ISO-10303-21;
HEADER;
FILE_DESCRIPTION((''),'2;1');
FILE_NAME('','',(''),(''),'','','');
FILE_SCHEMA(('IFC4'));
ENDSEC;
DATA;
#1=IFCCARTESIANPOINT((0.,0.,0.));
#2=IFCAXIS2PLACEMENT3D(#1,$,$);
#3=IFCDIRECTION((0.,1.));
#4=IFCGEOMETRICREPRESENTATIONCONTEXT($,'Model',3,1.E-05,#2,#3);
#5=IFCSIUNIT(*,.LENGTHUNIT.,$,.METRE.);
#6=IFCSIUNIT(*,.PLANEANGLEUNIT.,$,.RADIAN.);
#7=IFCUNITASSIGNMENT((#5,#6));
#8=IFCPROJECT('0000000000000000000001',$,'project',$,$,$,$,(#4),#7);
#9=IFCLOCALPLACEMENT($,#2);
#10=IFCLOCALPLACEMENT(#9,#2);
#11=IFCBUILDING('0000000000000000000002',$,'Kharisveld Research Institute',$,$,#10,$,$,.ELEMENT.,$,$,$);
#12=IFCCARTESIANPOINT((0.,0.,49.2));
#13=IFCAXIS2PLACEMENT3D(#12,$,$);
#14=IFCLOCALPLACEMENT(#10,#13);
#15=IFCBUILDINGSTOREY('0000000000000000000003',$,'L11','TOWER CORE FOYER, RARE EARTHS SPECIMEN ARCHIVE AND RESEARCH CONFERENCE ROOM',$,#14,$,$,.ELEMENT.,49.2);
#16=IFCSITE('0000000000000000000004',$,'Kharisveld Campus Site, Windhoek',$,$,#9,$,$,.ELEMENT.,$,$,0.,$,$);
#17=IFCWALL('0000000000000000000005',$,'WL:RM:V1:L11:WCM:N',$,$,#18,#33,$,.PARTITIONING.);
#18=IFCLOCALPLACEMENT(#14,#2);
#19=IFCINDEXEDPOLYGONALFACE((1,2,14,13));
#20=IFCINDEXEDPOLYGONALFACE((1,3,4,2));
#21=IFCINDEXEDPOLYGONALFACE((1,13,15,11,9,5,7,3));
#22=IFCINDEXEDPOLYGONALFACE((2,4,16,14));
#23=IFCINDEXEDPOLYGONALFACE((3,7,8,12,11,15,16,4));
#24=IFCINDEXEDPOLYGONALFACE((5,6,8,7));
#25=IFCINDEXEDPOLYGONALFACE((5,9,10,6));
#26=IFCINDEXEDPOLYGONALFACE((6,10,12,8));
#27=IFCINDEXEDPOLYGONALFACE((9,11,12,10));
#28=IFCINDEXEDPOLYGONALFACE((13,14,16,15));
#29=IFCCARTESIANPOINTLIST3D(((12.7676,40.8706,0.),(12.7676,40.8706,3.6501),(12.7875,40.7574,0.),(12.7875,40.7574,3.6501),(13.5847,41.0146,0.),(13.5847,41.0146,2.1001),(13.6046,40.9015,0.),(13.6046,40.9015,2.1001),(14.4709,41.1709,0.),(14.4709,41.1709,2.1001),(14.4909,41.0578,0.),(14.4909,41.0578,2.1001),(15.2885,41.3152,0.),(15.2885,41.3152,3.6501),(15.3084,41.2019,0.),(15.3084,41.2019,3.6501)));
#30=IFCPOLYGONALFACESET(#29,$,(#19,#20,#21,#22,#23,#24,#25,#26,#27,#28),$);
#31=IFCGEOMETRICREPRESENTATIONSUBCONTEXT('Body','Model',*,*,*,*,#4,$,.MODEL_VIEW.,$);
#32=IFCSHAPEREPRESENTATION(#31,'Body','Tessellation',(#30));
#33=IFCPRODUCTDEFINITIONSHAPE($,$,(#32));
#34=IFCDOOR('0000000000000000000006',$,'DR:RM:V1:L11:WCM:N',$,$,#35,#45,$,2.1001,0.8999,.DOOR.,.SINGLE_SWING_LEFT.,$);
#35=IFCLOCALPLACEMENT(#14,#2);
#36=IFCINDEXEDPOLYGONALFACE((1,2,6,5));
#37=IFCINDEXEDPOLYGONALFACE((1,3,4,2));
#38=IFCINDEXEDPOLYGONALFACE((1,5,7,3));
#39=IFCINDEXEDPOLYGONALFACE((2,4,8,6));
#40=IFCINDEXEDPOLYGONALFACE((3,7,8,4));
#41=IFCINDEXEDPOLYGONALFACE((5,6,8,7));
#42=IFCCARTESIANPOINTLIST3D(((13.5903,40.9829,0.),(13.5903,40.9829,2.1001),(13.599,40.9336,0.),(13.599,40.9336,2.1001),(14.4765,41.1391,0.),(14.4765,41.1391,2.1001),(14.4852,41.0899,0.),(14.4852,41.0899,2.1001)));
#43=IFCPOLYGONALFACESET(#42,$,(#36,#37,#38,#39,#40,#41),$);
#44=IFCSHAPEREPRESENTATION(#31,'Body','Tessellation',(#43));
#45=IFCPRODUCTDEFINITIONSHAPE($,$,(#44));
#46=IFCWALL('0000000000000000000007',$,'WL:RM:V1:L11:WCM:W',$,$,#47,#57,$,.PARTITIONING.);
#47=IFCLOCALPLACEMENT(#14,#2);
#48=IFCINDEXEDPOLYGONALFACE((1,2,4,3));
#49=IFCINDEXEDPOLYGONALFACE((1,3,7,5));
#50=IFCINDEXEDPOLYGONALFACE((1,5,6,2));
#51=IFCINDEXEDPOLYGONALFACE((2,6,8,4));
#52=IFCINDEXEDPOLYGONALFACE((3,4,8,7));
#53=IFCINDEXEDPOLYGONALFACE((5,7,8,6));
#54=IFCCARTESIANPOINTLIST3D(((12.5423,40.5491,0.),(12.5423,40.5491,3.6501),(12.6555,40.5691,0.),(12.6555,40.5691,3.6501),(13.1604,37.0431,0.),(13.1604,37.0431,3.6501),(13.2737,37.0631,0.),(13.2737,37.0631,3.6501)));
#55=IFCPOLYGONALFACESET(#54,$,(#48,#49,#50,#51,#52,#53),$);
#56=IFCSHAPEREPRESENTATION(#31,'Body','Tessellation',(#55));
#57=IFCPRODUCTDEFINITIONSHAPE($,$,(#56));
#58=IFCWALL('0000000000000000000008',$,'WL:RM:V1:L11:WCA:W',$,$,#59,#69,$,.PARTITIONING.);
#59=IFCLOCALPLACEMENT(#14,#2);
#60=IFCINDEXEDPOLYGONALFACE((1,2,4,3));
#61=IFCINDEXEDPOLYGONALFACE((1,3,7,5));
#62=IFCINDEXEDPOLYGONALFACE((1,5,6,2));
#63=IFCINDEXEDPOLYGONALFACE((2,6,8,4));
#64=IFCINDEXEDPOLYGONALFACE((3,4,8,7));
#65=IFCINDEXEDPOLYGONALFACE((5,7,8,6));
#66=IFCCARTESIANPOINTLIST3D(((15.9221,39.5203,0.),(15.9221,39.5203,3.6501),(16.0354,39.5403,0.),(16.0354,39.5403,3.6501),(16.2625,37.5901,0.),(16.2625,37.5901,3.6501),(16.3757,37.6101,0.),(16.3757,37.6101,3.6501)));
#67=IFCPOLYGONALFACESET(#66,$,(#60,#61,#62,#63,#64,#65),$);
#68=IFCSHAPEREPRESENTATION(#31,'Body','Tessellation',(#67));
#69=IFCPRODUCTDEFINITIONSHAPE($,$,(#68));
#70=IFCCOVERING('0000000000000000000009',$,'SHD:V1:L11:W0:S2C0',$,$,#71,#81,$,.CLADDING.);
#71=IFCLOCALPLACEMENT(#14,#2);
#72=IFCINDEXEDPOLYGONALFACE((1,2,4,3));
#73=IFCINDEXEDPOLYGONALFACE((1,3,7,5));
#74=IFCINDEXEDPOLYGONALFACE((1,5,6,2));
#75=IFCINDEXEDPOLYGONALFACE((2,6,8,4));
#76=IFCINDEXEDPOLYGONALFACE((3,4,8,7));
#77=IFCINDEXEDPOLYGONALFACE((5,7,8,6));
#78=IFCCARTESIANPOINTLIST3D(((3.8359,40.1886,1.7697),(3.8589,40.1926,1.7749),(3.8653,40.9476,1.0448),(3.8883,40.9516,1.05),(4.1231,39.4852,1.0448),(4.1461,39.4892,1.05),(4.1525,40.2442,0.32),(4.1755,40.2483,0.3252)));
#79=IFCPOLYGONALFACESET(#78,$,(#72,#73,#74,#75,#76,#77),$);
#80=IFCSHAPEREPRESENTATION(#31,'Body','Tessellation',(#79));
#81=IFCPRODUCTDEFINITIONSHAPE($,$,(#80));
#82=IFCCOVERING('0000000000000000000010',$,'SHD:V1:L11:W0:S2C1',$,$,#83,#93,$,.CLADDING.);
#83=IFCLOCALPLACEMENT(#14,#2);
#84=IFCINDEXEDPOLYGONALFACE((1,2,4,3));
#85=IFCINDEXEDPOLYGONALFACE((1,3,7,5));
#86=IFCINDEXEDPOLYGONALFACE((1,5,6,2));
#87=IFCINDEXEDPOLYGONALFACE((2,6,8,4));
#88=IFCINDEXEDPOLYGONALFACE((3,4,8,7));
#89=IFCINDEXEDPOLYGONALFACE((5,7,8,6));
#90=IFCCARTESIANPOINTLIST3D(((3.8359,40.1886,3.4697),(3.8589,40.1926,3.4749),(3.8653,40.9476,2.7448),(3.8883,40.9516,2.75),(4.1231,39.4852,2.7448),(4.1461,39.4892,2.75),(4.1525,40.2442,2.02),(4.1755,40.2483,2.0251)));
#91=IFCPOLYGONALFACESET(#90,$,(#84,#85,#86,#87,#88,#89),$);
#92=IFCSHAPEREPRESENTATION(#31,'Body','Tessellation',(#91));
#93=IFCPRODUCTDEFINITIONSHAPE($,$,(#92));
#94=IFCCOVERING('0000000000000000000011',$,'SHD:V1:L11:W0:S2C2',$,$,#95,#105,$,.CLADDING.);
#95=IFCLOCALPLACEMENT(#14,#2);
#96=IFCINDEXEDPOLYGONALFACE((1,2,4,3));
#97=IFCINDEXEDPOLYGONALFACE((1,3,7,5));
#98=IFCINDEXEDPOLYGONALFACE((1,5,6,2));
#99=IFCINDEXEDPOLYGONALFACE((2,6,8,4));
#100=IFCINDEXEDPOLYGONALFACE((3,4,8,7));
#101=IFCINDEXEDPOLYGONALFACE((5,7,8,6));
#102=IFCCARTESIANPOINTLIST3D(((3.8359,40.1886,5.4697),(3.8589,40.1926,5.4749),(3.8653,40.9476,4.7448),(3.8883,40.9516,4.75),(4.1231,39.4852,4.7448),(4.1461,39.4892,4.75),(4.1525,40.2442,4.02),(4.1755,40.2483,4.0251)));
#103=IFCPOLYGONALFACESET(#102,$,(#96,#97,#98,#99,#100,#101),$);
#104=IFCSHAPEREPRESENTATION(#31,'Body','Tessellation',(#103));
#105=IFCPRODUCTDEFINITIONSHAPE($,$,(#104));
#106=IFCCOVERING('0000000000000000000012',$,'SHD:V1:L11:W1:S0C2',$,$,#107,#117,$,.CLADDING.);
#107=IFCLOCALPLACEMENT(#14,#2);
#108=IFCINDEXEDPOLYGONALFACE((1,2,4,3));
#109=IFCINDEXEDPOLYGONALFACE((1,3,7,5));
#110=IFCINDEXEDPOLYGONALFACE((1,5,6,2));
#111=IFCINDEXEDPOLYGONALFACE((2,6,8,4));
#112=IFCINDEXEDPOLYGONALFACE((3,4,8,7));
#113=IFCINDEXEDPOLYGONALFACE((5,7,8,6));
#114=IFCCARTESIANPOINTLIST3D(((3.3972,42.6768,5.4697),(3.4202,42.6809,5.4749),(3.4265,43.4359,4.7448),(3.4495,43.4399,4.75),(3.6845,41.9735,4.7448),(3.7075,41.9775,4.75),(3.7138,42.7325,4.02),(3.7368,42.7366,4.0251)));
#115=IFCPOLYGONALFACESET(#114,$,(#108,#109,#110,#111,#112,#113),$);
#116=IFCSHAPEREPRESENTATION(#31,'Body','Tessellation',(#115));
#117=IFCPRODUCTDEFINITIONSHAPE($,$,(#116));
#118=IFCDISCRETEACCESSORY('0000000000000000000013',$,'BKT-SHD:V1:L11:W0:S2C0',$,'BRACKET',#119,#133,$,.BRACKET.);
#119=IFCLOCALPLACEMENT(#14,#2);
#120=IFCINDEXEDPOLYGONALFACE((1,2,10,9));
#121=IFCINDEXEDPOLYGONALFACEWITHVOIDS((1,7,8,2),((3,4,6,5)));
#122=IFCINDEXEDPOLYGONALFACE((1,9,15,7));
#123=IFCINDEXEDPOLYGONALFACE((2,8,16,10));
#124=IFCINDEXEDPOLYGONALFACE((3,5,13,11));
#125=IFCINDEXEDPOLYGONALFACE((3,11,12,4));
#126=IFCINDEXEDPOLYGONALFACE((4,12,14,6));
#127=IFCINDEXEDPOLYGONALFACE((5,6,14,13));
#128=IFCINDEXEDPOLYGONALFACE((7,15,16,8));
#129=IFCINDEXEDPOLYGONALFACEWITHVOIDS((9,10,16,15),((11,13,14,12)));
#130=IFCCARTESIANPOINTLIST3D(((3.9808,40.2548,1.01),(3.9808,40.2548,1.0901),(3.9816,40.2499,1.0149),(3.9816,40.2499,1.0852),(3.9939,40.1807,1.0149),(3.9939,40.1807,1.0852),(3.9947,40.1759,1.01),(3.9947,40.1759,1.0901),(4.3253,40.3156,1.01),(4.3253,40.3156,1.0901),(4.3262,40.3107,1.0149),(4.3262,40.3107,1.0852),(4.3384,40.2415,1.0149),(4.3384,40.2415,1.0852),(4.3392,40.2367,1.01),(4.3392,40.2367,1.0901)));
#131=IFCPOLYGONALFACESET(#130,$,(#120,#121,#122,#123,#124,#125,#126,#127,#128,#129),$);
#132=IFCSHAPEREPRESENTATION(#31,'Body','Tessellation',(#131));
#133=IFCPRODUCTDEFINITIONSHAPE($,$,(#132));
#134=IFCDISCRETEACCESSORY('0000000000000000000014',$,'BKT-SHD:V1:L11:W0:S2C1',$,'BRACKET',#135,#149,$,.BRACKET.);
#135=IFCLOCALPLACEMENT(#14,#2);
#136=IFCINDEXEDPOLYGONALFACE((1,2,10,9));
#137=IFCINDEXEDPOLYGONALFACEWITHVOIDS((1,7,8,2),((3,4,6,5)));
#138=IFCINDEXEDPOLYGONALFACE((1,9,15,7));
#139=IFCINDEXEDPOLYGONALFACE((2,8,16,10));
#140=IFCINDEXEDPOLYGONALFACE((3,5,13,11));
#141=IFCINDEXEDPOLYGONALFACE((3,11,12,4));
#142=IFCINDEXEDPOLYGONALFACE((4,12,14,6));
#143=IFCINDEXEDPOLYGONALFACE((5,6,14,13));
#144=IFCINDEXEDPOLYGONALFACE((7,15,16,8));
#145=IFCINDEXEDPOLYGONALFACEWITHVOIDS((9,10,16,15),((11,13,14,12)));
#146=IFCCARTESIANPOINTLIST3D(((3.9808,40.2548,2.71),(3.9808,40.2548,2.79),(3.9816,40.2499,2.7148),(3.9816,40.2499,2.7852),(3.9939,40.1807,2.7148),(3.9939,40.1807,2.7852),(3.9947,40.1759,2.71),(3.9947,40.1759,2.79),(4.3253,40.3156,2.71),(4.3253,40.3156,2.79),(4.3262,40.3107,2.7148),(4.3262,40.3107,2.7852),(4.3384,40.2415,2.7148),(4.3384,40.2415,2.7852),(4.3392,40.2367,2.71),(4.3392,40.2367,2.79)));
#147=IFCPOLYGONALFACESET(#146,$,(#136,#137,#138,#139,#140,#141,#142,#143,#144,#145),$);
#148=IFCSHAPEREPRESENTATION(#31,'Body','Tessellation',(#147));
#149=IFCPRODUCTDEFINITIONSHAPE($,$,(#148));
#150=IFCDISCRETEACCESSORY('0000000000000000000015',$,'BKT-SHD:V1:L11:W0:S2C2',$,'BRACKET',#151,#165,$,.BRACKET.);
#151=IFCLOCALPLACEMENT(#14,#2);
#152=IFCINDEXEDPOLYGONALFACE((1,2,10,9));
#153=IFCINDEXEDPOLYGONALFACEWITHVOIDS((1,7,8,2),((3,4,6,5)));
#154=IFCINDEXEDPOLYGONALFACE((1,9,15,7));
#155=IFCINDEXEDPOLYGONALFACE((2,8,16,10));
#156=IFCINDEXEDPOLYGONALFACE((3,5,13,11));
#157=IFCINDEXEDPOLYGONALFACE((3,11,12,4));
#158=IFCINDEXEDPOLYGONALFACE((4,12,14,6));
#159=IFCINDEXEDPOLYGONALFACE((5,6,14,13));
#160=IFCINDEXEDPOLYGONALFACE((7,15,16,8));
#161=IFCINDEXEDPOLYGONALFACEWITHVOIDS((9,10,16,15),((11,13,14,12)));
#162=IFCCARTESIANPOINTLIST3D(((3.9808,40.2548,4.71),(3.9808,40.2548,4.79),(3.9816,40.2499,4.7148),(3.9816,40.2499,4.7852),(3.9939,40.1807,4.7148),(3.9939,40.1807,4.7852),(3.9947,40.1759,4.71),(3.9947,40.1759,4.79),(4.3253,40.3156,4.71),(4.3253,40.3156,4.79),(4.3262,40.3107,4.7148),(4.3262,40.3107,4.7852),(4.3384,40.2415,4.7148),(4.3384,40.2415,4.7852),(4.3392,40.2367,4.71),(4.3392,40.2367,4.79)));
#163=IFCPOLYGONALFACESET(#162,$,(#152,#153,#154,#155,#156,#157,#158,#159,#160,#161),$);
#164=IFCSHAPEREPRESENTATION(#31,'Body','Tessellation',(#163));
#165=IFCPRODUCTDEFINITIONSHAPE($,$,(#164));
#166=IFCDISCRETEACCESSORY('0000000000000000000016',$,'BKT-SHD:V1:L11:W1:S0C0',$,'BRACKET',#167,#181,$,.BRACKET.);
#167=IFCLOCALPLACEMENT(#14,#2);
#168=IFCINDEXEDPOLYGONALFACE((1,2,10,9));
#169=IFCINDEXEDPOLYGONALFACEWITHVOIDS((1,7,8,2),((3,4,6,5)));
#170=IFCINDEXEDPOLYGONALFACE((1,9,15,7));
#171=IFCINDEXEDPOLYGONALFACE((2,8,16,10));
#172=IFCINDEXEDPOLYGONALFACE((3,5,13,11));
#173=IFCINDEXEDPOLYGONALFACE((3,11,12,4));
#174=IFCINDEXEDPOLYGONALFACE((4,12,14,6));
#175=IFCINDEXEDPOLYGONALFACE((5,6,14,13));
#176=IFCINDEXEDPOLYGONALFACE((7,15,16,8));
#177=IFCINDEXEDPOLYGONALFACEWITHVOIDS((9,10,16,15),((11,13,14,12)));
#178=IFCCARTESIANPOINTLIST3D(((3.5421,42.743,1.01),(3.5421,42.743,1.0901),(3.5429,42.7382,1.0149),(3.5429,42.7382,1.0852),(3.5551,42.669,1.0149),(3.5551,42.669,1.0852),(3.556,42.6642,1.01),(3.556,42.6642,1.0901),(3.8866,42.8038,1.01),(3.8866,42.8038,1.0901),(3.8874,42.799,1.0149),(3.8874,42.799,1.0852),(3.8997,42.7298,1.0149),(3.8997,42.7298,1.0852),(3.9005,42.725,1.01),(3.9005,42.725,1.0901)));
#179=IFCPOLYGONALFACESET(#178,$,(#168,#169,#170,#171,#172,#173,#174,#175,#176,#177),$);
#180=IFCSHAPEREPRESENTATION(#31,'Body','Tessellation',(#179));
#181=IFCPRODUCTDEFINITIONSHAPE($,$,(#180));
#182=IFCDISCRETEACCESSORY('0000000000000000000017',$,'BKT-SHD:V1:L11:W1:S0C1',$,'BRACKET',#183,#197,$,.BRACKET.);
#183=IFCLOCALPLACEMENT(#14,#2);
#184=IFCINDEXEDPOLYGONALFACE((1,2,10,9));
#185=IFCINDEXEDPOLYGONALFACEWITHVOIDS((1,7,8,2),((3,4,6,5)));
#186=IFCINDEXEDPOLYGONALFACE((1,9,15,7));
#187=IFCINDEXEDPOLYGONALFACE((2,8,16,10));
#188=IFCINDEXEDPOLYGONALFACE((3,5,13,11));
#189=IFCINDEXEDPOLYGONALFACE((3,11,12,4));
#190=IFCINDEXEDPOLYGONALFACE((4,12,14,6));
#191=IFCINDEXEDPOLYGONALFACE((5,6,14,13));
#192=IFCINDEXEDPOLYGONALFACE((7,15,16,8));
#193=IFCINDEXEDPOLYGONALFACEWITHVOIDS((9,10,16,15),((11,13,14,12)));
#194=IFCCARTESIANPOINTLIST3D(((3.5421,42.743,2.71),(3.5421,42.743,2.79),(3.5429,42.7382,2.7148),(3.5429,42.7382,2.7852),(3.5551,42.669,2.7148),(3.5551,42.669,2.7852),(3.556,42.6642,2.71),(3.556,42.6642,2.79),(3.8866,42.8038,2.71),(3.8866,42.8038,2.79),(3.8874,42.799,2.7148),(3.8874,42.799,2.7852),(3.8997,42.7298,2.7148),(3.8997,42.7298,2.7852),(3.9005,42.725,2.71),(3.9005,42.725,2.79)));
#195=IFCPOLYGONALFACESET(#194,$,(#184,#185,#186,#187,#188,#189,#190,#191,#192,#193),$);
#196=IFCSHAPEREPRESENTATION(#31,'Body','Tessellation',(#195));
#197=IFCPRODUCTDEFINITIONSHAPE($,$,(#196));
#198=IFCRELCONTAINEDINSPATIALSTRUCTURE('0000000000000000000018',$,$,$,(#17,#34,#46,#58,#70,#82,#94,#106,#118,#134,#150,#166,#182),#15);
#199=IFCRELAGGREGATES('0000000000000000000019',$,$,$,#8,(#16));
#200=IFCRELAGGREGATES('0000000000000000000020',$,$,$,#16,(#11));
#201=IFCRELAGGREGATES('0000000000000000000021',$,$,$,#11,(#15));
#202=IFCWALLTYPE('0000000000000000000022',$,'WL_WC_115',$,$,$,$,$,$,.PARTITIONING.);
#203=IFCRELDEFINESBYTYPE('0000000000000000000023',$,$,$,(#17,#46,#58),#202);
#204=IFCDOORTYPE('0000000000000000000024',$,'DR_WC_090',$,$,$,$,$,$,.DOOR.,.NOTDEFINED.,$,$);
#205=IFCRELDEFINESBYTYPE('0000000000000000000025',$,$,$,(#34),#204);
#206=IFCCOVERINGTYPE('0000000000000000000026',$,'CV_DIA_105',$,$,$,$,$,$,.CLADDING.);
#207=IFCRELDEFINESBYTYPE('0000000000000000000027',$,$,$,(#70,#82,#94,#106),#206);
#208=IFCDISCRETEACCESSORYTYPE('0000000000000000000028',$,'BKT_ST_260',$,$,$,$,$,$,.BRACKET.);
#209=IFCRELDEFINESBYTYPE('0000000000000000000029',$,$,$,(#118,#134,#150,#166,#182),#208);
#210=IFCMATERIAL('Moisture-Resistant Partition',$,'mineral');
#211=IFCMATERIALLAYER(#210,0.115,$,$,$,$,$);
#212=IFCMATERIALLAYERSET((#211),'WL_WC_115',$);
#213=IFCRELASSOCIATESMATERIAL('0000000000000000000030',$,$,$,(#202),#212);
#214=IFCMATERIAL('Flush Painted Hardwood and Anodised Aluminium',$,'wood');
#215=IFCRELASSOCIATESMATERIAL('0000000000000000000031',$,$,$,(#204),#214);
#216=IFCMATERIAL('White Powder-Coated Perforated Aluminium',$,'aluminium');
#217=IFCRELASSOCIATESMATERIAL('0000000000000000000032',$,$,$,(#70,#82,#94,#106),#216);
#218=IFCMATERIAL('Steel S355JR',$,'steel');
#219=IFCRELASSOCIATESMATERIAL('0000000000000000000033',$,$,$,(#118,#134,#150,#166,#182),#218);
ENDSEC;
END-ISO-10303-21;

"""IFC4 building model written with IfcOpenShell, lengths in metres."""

from ifc_helpers import new_model, si_unit, direction, frame, frame_2d, origin, origin_2d, place, context, subcontext, project, spatial, polyline, rectangle, hollow_rectangle, outline, extrude, material, layer, layer_set, type_object, element, fill, save


model = new_model("IFC4")

# Units and contexts
model_context = context("Model", 3, precision=1e-05, world=origin(), true_north=direction((0.0, 1.0)))
body_context = subcontext(model_context, "Body", "Model", "MODEL_VIEW")
ifc_project = project(units=[si_unit("LENGTHUNIT", "METRE"), si_unit("PLANEANGLEUNIT", "RADIAN")], contexts=[model_context])

# Site, building, storey
site_placement = place(None, origin())
site = spatial("IfcSite", under=ifc_project, at=site_placement, Name="Kharisveld Campus Site, Windhoek", CompositionType="ELEMENT", RefElevation=0.0)
building_placement = place(site_placement, origin())
building = spatial("IfcBuilding", under=site, at=building_placement, Name="Kharisveld Research Institute", CompositionType="ELEMENT")
storey_placement = place(building_placement, frame((0.0, 0.0, 49.2)))
storey = spatial("IfcBuildingStorey", under=building, at=storey_placement, Name="L11", Description="TOWER CORE FOYER, RARE EARTHS SPECIMEN ARCHIVE AND RESEARCH CONFERENCE ROOM", CompositionType="ELEMENT", Elevation=49.2)

# Wall, opening, door
ifc_material_1 = material(Name="Moisture-Resistant Partition", Category="mineral")
ifc_layer_1 = layer(ifc_material_1, 0.115)
ifc_layer_set_1 = layer_set([ifc_layer_1], Name="WL_WC_115")
wall_type_1 = type_object("IfcWallType", Name="WL_WC_115", PredefinedType="PARTITIONING", material=ifc_layer_set_1)
wall_1_placement = place(storey_placement, frame((15.2983, 41.2585, 0.0), z_axis=(0.0, 0.0, 1.0), x_axis=(-0.984804, -0.173671, 0.0)))
wall_1 = element("IfcWall", 1, at=wall_1_placement, inside=storey, type_object=wall_type_1, Name="WL:RM:V1:L11:WCM:N", PredefinedType="PARTITIONING", context=body_context, shape_type="SweptSolid", body=[
    extrude(rectangle(XDim=2.5598, YDim=0.115, at=frame_2d((1.2798, 0.0))), origin(), (0.0, 0.0, 1.0), 3.6501),
])
opening_1_placement = place(wall_1_placement, frame((0.8301, 0.0, 0.0)))
opening_1 = element("IfcOpeningElement", 2, at=opening_1_placement, cuts=wall_1, PredefinedType="OPENING", context=body_context, shape_type="SweptSolid", body=[
    extrude(rectangle(XDim=0.8999, YDim=2.1001, at=frame_2d((0.45, 1.05))), frame((0.0, 0.0576, 0.0), z_axis=(0.0, -1.0, 0.0), x_axis=(1.0, 0.0, 0.0)), (0.0, 0.0, 1.0), 0.115),
])
ifc_material_2 = material(Name="Flush Painted Hardwood and Anodised Aluminium", Category="wood")
door_type_1 = type_object("IfcDoorType", Name="DR_WC_090", OperationType="NOTDEFINED", PredefinedType="DOOR", material=ifc_material_2)
door_1_placement = place(opening_1_placement, origin())
door_1 = element("IfcDoor", 3, at=door_1_placement, inside=storey, type_object=door_type_1, Name="DR:RM:V1:L11:WCM:N", OperationType="SINGLE_SWING_LEFT", OverallHeight=2.1001, OverallWidth=0.8999, PredefinedType="DOOR", context=body_context, shape_type="SweptSolid", body=[
    extrude(rectangle(XDim=0.8999, YDim=2.1001, at=frame_2d((0.45, 1.05))), frame((0.0, 0.0249, 0.0), z_axis=(0.0, -1.0, 0.0), x_axis=(1.0, 0.0, 0.0)), (0.0, 0.0, 1.0), 0.05),
])
fill(opening_1, door_1)

# Walls
wall_2_placement = place(storey_placement, frame((12.5989, 40.5591, 0.0), z_axis=(0.0, 0.0, 1.0), x_axis=(0.173644, -0.984808, 0.0)))
element("IfcWall", 4, at=wall_2_placement, inside=storey, type_object=wall_type_1, Name="WL:RM:V1:L11:WCM:W", PredefinedType="PARTITIONING", context=body_context, shape_type="SweptSolid", body=[
    extrude(rectangle(XDim=3.5601, YDim=0.115, at=frame_2d((1.78, 0.0))), origin(), (0.0, 0.0, 1.0), 3.6501),
])
wall_3_placement = place(storey_placement, frame((15.9788, 39.5303, 0.0), z_axis=(0.0, 0.0, 1.0), x_axis=(0.173643, -0.984809, 0.0)))
element("IfcWall", 5, at=wall_3_placement, inside=storey, type_object=wall_type_1, Name="WL:RM:V1:L11:WCA:W", PredefinedType="PARTITIONING", context=body_context, shape_type="SweptSolid", body=[
    extrude(rectangle(XDim=1.96, YDim=0.115, at=frame_2d((0.98, 0.0))), origin(), (0.0, 0.0, 1.0), 3.6501),
])

# Coverings
ifc_material_3 = material(Name="White Powder-Coated Perforated Aluminium", Category="aluminium")
covering_type = type_object("IfcCoveringType", Name="CV_DIA_105", PredefinedType="CLADDING")
for number, where, z_axis, x_axis, name in (
    (6, (4.1755, 40.2483, 0.3252), (0.961453, 0.169498, 0.216512), (-0.273536, 0.669834, 0.69029), "SHD:V1:L11:W0:S2C0"),
    (7, (4.1755, 40.2483, 2.0251), (0.961453, 0.169498, 0.216512), (-0.273536, 0.669834, 0.69029), "SHD:V1:L11:W0:S2C1"),
    (8, (4.1755, 40.2483, 4.0251), (0.961453, 0.169498, 0.216512), (-0.273536, 0.669834, 0.69029), "SHD:V1:L11:W0:S2C2"),
):
    element("IfcCovering", number, at=place(storey_placement, frame(where, z_axis=z_axis, x_axis=x_axis)), inside=storey, type_object=covering_type, material=ifc_material_3, Name=name, PredefinedType="CLADDING", context=body_context, shape_type="SweptSolid", body=[
        extrude(outline(polyline([(0.0, 0.0), (1.05, 0.0), (1.05, 1.05), (-0.0001, 1.05), (0.0, 0.0)])), origin(), (0.0, 0.0, -1.0), 0.0239),
    ])
covering_placement = place(storey_placement, frame((3.7368, 42.7366, 4.0251), z_axis=(0.961426, 0.169654, 0.216512), x_axis=(-0.273644, 0.669811, 0.69027)))
element("IfcCovering", 9, at=covering_placement, inside=storey, type_object=covering_type, material=ifc_material_3, Name="SHD:V1:L11:W1:S0C2", PredefinedType="CLADDING", context=body_context, shape_type="SweptSolid", body=[
    extrude(outline(polyline([(0.0, 0.0), (1.0501, 0.0), (1.0501, 1.05), (0.0, 1.05), (0.0, 0.0)])), origin(), (0.0, 0.0, -1.0), 0.0239),
])

# Discrete accessories
ifc_material_4 = material(Name="Steel S355JR", Category="steel")
discrete_accessory_type = type_object("IfcDiscreteAccessoryType", Name="BKT_ST_260", PredefinedType="BRACKET")
for number, where, z_axis, x_axis, name in (
    (10, (4.3323, 40.2761, 1.05), (-0.984784, -0.173785, 0.0), (0.173785, -0.984784, 0.0), "BKT-SHD:V1:L11:W0:S2C0"),
    (11, (4.3323, 40.2761, 2.75), (-0.984784, -0.173785, 0.0), (0.173785, -0.984784, 0.0), "BKT-SHD:V1:L11:W0:S2C1"),
    (12, (4.3323, 40.2761, 4.75), (-0.984784, -0.173785, 0.0), (0.173785, -0.984784, 0.0), "BKT-SHD:V1:L11:W0:S2C2"),
    (13, (3.8936, 42.7644, 1.05), (-0.984784, -0.173785, 0.0), (0.173785, -0.984784, 0.0), "BKT-SHD:V1:L11:W1:S0C0"),
    (14, (3.8936, 42.7644, 2.75), (-0.984784, -0.173785, 0.0), (0.173785, -0.984784, 0.0), "BKT-SHD:V1:L11:W1:S0C1"),
):
    element("IfcDiscreteAccessory", number, at=place(storey_placement, frame(where, z_axis=z_axis, x_axis=x_axis)), inside=storey, type_object=discrete_accessory_type, material=ifc_material_4, Name=name, ObjectType="BRACKET", PredefinedType="BRACKET", context=body_context, shape_type="SweptSolid", body=[
        extrude(hollow_rectangle(XDim=0.0801, YDim=0.0801, WallThickness=0.0049, at=origin_2d()), origin(), (0.0, 0.0, 1.0), 0.3499),
    ])

save(model, "model.ifc")
